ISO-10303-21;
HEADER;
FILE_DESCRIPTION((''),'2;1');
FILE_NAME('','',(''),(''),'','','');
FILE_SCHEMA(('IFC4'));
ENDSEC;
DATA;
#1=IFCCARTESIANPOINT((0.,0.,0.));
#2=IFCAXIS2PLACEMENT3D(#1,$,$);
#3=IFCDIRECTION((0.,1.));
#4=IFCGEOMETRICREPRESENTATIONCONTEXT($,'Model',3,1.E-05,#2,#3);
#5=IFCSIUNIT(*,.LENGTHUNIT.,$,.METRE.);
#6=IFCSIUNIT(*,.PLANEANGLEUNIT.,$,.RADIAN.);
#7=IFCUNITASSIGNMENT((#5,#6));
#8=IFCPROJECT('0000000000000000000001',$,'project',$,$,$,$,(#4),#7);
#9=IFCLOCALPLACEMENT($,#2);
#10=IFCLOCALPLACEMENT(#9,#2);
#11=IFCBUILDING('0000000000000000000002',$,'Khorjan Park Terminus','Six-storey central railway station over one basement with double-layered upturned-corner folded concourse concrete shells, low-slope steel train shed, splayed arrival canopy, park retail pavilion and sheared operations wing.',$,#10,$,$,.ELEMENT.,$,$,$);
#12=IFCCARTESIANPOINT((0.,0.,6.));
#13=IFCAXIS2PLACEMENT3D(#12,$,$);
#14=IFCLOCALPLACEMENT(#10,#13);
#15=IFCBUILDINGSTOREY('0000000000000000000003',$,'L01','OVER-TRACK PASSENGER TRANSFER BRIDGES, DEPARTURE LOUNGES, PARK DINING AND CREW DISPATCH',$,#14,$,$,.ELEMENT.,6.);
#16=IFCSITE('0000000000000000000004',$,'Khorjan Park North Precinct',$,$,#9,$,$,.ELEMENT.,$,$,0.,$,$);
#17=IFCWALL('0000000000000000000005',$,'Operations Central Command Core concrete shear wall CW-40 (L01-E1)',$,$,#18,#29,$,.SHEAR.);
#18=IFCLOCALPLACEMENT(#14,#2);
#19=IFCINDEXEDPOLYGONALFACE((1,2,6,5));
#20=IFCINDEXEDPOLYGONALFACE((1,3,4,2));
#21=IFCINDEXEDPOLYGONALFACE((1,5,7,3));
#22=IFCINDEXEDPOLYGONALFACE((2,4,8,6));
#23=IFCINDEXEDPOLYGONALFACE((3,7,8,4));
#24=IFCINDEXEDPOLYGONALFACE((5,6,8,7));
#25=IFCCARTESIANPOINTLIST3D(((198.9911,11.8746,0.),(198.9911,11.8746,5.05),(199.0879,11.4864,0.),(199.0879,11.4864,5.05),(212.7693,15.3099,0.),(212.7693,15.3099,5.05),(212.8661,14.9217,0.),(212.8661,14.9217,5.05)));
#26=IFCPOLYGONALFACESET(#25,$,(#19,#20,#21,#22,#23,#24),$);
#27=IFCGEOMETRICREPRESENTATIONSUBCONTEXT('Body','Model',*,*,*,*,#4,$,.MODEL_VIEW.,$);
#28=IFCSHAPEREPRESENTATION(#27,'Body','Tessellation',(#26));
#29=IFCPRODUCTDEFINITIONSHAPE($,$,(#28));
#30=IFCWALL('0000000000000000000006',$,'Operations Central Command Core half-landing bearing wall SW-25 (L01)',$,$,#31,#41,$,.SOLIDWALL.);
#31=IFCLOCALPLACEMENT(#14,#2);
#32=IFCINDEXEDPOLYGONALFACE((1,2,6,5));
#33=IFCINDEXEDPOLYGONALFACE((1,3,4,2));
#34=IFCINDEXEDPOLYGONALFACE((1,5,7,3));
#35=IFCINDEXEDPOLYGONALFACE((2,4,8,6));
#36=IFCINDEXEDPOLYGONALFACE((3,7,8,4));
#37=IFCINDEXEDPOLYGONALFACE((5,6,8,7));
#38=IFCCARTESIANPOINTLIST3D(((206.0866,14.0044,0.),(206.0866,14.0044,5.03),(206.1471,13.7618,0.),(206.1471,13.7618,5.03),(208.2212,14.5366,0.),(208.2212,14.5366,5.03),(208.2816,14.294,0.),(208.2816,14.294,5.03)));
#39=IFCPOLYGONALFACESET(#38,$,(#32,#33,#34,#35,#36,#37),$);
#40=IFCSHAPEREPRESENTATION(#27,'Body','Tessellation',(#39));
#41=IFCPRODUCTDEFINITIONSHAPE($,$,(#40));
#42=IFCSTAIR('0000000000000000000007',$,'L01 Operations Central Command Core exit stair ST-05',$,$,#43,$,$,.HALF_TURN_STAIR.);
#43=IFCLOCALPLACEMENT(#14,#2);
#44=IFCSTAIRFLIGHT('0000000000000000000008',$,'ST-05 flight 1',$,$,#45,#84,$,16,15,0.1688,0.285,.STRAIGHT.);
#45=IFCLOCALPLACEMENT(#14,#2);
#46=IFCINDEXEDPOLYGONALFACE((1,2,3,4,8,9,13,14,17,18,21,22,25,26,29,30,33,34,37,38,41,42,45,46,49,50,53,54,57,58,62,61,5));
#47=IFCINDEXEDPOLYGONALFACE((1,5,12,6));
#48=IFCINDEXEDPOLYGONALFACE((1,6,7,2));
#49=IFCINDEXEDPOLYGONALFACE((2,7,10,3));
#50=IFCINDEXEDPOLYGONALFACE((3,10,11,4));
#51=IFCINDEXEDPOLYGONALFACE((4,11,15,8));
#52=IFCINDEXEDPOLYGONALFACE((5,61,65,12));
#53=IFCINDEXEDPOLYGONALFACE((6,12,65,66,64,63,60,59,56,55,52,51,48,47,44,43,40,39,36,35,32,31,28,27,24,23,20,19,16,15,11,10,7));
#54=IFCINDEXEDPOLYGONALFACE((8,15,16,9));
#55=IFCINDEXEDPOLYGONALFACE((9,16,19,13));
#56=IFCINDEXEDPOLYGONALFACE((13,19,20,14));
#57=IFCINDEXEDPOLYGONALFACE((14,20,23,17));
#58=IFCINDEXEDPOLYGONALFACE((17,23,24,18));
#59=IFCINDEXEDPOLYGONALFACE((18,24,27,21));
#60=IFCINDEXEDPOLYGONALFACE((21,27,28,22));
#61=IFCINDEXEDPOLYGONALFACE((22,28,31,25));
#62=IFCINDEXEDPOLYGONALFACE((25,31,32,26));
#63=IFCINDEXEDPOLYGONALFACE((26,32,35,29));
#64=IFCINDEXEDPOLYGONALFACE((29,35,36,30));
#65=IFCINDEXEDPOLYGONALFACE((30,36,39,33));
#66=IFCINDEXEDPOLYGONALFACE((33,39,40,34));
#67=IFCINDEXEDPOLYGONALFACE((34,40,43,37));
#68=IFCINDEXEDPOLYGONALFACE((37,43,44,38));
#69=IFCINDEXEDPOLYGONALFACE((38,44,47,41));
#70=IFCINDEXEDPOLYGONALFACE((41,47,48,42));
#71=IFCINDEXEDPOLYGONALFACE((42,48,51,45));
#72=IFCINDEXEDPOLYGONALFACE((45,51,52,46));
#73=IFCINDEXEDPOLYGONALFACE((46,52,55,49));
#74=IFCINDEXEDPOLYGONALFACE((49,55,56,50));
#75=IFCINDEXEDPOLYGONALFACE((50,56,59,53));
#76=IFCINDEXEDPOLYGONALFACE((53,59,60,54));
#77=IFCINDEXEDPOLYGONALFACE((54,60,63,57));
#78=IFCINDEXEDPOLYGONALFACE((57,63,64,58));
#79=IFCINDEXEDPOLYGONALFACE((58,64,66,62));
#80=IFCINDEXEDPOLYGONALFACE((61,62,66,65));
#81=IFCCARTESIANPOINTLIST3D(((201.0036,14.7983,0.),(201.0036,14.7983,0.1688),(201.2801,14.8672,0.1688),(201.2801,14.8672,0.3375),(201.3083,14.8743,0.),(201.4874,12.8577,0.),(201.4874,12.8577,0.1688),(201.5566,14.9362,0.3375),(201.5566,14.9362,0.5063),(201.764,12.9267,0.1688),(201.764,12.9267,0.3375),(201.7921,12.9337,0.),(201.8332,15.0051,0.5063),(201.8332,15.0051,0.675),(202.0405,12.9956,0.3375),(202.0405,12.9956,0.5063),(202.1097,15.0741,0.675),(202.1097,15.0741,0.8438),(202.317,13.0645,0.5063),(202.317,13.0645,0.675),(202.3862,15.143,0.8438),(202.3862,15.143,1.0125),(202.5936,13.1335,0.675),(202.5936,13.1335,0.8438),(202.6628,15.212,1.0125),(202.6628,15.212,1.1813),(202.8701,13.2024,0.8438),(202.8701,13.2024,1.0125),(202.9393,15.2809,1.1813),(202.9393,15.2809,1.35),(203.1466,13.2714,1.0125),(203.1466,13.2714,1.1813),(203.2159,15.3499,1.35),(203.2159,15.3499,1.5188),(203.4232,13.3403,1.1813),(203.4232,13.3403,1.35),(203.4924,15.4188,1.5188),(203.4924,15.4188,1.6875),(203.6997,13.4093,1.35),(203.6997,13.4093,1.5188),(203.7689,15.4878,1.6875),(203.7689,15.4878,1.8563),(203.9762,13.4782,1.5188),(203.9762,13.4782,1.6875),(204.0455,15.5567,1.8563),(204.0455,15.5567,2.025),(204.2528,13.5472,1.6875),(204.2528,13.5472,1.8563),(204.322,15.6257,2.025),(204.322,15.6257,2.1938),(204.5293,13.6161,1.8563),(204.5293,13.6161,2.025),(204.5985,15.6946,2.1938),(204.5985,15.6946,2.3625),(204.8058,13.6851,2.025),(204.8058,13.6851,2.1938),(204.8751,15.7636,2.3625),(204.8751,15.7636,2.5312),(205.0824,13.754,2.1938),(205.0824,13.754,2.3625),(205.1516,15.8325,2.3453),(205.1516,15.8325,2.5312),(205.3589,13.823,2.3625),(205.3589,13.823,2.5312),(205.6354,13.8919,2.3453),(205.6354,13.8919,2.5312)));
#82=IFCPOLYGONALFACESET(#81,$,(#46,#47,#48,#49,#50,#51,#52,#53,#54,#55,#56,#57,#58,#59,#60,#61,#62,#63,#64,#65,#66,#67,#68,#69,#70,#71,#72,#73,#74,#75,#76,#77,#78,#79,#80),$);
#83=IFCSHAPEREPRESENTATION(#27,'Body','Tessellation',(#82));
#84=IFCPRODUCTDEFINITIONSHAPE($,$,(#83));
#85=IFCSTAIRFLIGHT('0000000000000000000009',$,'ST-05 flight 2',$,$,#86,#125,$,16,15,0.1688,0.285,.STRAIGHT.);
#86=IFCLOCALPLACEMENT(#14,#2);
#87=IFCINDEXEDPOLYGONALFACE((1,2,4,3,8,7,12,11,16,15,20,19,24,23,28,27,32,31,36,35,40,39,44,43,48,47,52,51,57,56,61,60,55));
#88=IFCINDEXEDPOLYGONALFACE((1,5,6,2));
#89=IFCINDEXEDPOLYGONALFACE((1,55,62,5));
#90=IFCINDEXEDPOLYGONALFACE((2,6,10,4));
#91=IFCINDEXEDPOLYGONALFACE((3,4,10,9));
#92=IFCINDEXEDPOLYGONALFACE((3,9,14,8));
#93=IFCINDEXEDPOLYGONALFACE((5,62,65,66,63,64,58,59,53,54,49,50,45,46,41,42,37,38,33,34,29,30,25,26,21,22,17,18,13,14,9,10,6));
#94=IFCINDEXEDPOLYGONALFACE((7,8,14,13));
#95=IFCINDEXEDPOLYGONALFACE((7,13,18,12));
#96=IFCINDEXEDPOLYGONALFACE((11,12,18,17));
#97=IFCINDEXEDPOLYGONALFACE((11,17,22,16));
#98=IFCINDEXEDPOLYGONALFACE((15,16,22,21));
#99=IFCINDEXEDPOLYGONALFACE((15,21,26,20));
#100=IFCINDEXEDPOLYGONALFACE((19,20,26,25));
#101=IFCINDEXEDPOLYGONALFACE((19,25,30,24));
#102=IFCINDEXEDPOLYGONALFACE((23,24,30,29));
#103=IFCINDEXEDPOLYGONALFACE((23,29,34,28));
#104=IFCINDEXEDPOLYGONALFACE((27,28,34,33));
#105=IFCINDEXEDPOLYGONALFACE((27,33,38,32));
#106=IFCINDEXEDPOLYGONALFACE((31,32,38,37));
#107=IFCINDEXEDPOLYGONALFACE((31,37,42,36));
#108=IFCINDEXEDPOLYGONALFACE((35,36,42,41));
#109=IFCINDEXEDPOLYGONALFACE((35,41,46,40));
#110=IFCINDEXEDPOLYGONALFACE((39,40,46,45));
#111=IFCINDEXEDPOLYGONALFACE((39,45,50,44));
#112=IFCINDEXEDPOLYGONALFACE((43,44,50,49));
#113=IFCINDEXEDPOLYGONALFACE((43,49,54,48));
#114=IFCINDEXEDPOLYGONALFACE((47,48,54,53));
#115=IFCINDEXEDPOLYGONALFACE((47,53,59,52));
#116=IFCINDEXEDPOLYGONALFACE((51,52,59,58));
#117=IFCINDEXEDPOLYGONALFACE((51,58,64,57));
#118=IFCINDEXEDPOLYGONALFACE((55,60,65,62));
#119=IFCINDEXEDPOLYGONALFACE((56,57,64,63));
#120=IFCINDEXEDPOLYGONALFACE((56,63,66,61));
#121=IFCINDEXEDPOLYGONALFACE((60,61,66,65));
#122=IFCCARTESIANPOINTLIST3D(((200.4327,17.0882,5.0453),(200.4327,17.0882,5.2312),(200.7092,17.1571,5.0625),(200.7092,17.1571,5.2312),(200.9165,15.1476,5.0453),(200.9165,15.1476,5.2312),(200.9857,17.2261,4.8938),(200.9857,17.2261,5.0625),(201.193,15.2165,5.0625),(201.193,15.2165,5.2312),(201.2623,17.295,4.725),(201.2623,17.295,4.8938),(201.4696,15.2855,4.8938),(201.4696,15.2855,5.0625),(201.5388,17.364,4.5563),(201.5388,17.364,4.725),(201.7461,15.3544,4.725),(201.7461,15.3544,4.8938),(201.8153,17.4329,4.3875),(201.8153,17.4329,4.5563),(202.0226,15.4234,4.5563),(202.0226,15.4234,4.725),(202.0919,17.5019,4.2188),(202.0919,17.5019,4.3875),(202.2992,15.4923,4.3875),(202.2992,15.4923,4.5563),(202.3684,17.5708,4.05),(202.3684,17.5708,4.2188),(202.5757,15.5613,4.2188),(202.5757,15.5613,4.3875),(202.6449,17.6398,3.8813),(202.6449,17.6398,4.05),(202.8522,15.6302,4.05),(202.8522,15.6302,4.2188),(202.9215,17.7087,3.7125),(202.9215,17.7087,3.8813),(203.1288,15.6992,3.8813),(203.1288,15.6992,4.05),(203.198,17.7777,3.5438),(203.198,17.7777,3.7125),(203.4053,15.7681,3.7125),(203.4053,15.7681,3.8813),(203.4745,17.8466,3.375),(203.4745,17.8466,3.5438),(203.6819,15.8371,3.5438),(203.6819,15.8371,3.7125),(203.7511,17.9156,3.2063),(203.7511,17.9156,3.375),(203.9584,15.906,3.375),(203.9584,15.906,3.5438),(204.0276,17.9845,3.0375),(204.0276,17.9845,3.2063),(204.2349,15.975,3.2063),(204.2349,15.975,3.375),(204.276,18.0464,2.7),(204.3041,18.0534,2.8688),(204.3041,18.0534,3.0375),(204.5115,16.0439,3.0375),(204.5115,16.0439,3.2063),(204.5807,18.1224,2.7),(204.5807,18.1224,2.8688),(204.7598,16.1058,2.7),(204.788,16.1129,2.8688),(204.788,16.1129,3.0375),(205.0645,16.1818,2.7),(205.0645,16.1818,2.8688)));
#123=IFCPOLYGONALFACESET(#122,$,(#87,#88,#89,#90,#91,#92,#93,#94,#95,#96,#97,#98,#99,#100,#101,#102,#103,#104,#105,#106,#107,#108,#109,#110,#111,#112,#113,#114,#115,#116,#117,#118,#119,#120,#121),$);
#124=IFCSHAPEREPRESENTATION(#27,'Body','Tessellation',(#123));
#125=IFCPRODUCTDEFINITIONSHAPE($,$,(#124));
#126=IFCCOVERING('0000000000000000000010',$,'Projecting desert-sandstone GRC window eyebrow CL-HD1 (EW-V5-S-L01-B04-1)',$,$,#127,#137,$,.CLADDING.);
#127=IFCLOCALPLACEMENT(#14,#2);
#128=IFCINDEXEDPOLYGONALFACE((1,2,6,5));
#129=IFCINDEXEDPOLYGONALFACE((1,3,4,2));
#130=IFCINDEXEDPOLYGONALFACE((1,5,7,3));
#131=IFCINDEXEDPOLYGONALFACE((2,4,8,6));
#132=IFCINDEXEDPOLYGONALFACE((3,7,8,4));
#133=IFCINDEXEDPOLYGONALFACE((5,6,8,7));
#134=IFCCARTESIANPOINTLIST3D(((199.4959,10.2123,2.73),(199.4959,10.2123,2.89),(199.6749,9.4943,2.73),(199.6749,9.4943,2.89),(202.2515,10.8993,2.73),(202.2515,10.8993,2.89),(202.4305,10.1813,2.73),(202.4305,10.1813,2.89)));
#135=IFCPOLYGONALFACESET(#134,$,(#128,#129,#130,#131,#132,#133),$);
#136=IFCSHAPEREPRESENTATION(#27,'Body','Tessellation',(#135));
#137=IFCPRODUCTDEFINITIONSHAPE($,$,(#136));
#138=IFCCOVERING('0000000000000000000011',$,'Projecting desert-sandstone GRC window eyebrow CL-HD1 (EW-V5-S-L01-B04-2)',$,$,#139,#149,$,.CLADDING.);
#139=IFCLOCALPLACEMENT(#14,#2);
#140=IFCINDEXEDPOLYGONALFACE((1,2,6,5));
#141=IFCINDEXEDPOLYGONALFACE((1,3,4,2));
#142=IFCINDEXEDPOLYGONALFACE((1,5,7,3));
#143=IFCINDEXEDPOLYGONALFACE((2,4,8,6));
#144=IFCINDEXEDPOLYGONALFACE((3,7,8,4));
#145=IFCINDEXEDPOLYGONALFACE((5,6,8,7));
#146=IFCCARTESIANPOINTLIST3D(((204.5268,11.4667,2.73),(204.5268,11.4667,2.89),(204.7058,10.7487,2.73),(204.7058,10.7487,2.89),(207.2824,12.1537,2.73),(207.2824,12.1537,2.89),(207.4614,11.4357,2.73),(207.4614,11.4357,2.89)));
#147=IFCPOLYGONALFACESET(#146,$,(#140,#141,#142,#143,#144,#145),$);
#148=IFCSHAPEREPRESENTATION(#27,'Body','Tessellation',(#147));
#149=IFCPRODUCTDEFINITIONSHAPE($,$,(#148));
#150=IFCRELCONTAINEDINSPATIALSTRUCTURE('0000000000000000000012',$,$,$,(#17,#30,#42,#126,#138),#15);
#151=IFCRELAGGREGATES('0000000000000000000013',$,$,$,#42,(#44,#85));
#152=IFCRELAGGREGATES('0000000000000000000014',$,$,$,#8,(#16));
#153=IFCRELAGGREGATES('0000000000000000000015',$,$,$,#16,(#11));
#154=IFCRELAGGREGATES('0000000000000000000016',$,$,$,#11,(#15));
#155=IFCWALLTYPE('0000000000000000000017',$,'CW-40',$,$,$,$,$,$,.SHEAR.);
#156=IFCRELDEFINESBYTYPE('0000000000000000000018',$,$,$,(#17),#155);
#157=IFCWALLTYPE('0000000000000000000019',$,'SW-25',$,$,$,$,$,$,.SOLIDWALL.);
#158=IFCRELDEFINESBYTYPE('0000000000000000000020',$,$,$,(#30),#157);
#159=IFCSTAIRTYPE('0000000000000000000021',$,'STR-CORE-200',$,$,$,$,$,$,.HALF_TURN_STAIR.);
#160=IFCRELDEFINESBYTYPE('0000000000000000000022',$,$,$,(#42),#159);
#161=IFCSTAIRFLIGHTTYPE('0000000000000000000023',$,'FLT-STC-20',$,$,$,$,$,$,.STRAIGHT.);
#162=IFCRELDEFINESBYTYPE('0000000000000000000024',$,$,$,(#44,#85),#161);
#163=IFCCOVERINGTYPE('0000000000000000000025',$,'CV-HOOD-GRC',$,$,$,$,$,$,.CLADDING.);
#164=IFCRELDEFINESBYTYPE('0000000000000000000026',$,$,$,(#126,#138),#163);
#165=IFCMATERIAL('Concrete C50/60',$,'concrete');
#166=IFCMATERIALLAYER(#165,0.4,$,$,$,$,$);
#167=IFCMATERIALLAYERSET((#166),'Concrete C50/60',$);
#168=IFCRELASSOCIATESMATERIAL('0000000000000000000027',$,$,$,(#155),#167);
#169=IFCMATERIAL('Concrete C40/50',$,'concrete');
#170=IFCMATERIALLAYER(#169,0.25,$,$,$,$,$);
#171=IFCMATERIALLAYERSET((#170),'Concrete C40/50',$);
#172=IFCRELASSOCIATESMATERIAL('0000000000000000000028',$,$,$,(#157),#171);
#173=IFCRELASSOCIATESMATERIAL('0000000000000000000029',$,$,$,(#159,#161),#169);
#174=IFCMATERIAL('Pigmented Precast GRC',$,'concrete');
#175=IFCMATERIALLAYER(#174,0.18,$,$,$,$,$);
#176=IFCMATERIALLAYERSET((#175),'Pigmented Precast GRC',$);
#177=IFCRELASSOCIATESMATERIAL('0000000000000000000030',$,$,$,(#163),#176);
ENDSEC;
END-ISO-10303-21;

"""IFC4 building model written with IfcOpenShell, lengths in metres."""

from ifc_helpers import new_model, si_unit, direction, frame, frame_2d, origin, origin_2d, place, context, subcontext, project, spatial, polyline, rectangle, outline, extrude, material, layer, layer_set, type_object, element, aggregate, save


model = new_model("IFC4")

# Units and contexts
model_context = context("Model", 3, precision=1e-05, world=origin(), true_north=direction((0.0, 1.0)))
body_context = subcontext(model_context, "Body", "Model", "MODEL_VIEW")
ifc_project = project(units=[si_unit("LENGTHUNIT", "METRE"), si_unit("PLANEANGLEUNIT", "RADIAN")], contexts=[model_context])

# Site, building, storey
site_placement = place(None, origin())
site = spatial("IfcSite", under=ifc_project, at=site_placement, Name="Khorjan Park North Precinct", CompositionType="ELEMENT", RefElevation=0.0)
building_placement = place(site_placement, origin())
building = spatial("IfcBuilding", under=site, at=building_placement, Name="Khorjan Park Terminus", Description="Six-storey central railway station over one basement with double-layered upturned-corner folded concourse concrete shells, low-slope steel train shed, splayed arrival canopy, park retail pavilion and sheared operations wing.", CompositionType="ELEMENT")
storey_placement = place(building_placement, frame((0.0, 0.0, 6.0)))
storey = spatial("IfcBuildingStorey", under=building, at=storey_placement, Name="L01", Description="OVER-TRACK PASSENGER TRANSFER BRIDGES, DEPARTURE LOUNGES, PARK DINING AND CREW DISPATCH", CompositionType="ELEMENT", Elevation=6.0)

# Walls
ifc_material_1 = material(Name="Concrete C50/60", Category="concrete")
ifc_layer_1 = layer(ifc_material_1, 0.4)
ifc_layer_set_1 = layer_set([ifc_layer_1], Name="Concrete C50/60")
wall_type_1 = type_object("IfcWallType", Name="CW-40", PredefinedType="SHEAR", material=ifc_layer_set_1)
wall_1_placement = place(storey_placement, frame((199.0395, 11.6805, 0.0), z_axis=(0.0, 0.0, 1.0), x_axis=(0.970296, 0.241922, 0.0)))
element("IfcWall", 1, at=wall_1_placement, inside=storey, type_object=wall_type_1, Name="Operations Central Command Core concrete shear wall CW-40 (L01-E1)", PredefinedType="SHEAR", context=body_context, shape_type="SweptSolid", body=[
    extrude(rectangle(XDim=14.2, YDim=0.4, at=frame_2d((7.1, 0.0))), origin(), (0.0, 0.0, 1.0), 5.05),
])
ifc_material_2 = material(Name="Concrete C40/50", Category="concrete")
ifc_layer_2 = layer(ifc_material_2, 0.25)
ifc_layer_set_2 = layer_set([ifc_layer_2], Name="Concrete C40/50")
wall_type_2 = type_object("IfcWallType", Name="SW-25", PredefinedType="SOLIDWALL", material=ifc_layer_set_2)
wall_2_placement = place(storey_placement, frame((206.1169, 13.8831, 0.0), z_axis=(0.0, 0.0, 1.0), x_axis=(0.970297, 0.241915, 0.0)))
element("IfcWall", 2, at=wall_2_placement, inside=storey, type_object=wall_type_2, Name="Operations Central Command Core half-landing bearing wall SW-25 (L01)", PredefinedType="SOLIDWALL", context=body_context, shape_type="SweptSolid", body=[
    extrude(rectangle(XDim=2.1999, YDim=0.25, at=frame_2d((1.0999, 0.0))), origin(), (0.0, 0.0, 1.0), 5.03),
])

# Stair, stair flights
stair_type = type_object("IfcStairType", Name="STR-CORE-200", PredefinedType="HALF_TURN_STAIR", material=ifc_material_2)
stair_placement = place(storey_placement, origin())
stair = element("IfcStair", 3, at=stair_placement, inside=storey, type_object=stair_type, Name="L01 Operations Central Command Core exit stair ST-05", PredefinedType="HALF_TURN_STAIR")
stair_flight_type = type_object("IfcStairFlightType", Name="FLT-STC-20", PredefinedType="STRAIGHT", material=ifc_material_2)
stair_flight_1_placement = place(storey_placement, frame((201.2455, 13.828, 0.0), z_axis=(0.0, 0.0, 1.0), x_axis=(0.970296, 0.241922, 0.0)))
stair_flight_1 = element("IfcStairFlight", 4, at=stair_flight_1_placement, type_object=stair_flight_type, Name="ST-05 flight 1", NumberOfRisers=16, NumberOfTreads=15, PredefinedType="STRAIGHT", RiserHeight=0.1688, TreadLength=0.285, context=body_context, shape_type="SweptSolid", body=[
    extrude(outline(polyline([(0.0, 0.0), (0.0, 0.1688), (0.285, 0.1688), (0.285, 0.3375), (0.57, 0.3375), (0.57, 0.5063), (0.855, 0.5063), (0.855, 0.675), (1.14, 0.675), (1.14, 0.8438), (1.425, 0.8438), (1.425, 1.0125), (1.71, 1.0125), (1.71, 1.1813), (1.995, 1.1813), (1.995, 1.35), (2.28, 1.35), (2.28, 1.5188), (2.565, 1.5188), (2.565, 1.6875), (2.85, 1.6875), (2.85, 1.8563), (3.135, 1.8563), (3.135, 2.025), (3.42, 2.025), (3.42, 2.1938), (3.705, 2.1938), (3.705, 2.3625), (3.99, 2.3625), (3.99, 2.5312), (4.275, 2.5312), (4.275, 2.7), (4.275, 2.3453), (0.314, 0.0), (0.0, 0.0)])), frame((0.0, 1.0, 0.0), z_axis=(0.0, -1.0, 0.0), x_axis=(1.0, 0.0, 0.0)), (0.0, 0.0, 1.0), 2.0),
])
stair_flight_2_placement = place(storey_placement, frame((204.8226, 17.1521, 2.7), z_axis=(0.0, 0.0, 1.0), x_axis=(-0.970296, -0.241922, 0.0)))
stair_flight_2 = element("IfcStairFlight", 5, at=stair_flight_2_placement, type_object=stair_flight_type, Name="ST-05 flight 2", NumberOfRisers=16, NumberOfTreads=15, PredefinedType="STRAIGHT", RiserHeight=0.1688, TreadLength=0.285, context=body_context, shape_type="SweptSolid", body=[
    extrude(outline(polyline([(0.0, 0.0), (0.0, 0.1688), (0.285, 0.1688), (0.285, 0.3375), (0.57, 0.3375), (0.57, 0.5063), (0.855, 0.5063), (0.855, 0.675), (1.14, 0.675), (1.14, 0.8438), (1.425, 0.8438), (1.425, 1.0125), (1.71, 1.0125), (1.71, 1.1813), (1.995, 1.1813), (1.995, 1.35), (2.28, 1.35), (2.28, 1.5188), (2.565, 1.5188), (2.565, 1.6875), (2.85, 1.6875), (2.85, 1.8563), (3.135, 1.8563), (3.135, 2.025), (3.42, 2.025), (3.42, 2.1938), (3.705, 2.1938), (3.705, 2.3625), (3.99, 2.3625), (3.99, 2.5312), (4.275, 2.5312), (4.275, 2.7), (4.275, 2.3453), (0.314, 0.0), (0.0, 0.0)])), frame((0.0, 1.0, 0.0), z_axis=(0.0, -1.0, 0.0), x_axis=(1.0, 0.0, 0.0)), (0.0, 0.0, 1.0), 2.0),
])
aggregate(stair, [stair_flight_1, stair_flight_2])

# Coverings
ifc_material_3 = material(Name="Pigmented Precast GRC", Category="concrete")
ifc_layer_3 = layer(ifc_material_3, 0.18)
ifc_layer_set_3 = layer_set([ifc_layer_3], Name="Pigmented Precast GRC")
covering_type = type_object("IfcCoveringType", Name="CV-HOOD-GRC", PredefinedType="CLADDING", material=ifc_layer_set_3)
for number, where, z_axis, x_axis, name in (
    (6, (200.9632, 10.1968, 2.73), (0.0, 0.0, 1.0), (0.970294, 0.24193, 0.0), "Projecting desert-sandstone GRC window eyebrow CL-HD1 (EW-V5-S-L01-B04-1)"),
    (7, (205.9941, 11.4512, 2.73), (0.0, 0.0, 1.0), (0.970294, 0.24193, 0.0), "Projecting desert-sandstone GRC window eyebrow CL-HD1 (EW-V5-S-L01-B04-2)"),
):
    element("IfcCovering", number, at=place(storey_placement, frame(where, z_axis=z_axis, x_axis=x_axis)), inside=storey, type_object=covering_type, Name=name, PredefinedType="CLADDING", context=body_context, shape_type="SweptSolid", body=[
        extrude(rectangle(XDim=2.84, YDim=0.74, at=origin_2d()), origin(), (0.0, 0.0, 1.0), 0.16),
    ])

save(model, "model.ifc")
